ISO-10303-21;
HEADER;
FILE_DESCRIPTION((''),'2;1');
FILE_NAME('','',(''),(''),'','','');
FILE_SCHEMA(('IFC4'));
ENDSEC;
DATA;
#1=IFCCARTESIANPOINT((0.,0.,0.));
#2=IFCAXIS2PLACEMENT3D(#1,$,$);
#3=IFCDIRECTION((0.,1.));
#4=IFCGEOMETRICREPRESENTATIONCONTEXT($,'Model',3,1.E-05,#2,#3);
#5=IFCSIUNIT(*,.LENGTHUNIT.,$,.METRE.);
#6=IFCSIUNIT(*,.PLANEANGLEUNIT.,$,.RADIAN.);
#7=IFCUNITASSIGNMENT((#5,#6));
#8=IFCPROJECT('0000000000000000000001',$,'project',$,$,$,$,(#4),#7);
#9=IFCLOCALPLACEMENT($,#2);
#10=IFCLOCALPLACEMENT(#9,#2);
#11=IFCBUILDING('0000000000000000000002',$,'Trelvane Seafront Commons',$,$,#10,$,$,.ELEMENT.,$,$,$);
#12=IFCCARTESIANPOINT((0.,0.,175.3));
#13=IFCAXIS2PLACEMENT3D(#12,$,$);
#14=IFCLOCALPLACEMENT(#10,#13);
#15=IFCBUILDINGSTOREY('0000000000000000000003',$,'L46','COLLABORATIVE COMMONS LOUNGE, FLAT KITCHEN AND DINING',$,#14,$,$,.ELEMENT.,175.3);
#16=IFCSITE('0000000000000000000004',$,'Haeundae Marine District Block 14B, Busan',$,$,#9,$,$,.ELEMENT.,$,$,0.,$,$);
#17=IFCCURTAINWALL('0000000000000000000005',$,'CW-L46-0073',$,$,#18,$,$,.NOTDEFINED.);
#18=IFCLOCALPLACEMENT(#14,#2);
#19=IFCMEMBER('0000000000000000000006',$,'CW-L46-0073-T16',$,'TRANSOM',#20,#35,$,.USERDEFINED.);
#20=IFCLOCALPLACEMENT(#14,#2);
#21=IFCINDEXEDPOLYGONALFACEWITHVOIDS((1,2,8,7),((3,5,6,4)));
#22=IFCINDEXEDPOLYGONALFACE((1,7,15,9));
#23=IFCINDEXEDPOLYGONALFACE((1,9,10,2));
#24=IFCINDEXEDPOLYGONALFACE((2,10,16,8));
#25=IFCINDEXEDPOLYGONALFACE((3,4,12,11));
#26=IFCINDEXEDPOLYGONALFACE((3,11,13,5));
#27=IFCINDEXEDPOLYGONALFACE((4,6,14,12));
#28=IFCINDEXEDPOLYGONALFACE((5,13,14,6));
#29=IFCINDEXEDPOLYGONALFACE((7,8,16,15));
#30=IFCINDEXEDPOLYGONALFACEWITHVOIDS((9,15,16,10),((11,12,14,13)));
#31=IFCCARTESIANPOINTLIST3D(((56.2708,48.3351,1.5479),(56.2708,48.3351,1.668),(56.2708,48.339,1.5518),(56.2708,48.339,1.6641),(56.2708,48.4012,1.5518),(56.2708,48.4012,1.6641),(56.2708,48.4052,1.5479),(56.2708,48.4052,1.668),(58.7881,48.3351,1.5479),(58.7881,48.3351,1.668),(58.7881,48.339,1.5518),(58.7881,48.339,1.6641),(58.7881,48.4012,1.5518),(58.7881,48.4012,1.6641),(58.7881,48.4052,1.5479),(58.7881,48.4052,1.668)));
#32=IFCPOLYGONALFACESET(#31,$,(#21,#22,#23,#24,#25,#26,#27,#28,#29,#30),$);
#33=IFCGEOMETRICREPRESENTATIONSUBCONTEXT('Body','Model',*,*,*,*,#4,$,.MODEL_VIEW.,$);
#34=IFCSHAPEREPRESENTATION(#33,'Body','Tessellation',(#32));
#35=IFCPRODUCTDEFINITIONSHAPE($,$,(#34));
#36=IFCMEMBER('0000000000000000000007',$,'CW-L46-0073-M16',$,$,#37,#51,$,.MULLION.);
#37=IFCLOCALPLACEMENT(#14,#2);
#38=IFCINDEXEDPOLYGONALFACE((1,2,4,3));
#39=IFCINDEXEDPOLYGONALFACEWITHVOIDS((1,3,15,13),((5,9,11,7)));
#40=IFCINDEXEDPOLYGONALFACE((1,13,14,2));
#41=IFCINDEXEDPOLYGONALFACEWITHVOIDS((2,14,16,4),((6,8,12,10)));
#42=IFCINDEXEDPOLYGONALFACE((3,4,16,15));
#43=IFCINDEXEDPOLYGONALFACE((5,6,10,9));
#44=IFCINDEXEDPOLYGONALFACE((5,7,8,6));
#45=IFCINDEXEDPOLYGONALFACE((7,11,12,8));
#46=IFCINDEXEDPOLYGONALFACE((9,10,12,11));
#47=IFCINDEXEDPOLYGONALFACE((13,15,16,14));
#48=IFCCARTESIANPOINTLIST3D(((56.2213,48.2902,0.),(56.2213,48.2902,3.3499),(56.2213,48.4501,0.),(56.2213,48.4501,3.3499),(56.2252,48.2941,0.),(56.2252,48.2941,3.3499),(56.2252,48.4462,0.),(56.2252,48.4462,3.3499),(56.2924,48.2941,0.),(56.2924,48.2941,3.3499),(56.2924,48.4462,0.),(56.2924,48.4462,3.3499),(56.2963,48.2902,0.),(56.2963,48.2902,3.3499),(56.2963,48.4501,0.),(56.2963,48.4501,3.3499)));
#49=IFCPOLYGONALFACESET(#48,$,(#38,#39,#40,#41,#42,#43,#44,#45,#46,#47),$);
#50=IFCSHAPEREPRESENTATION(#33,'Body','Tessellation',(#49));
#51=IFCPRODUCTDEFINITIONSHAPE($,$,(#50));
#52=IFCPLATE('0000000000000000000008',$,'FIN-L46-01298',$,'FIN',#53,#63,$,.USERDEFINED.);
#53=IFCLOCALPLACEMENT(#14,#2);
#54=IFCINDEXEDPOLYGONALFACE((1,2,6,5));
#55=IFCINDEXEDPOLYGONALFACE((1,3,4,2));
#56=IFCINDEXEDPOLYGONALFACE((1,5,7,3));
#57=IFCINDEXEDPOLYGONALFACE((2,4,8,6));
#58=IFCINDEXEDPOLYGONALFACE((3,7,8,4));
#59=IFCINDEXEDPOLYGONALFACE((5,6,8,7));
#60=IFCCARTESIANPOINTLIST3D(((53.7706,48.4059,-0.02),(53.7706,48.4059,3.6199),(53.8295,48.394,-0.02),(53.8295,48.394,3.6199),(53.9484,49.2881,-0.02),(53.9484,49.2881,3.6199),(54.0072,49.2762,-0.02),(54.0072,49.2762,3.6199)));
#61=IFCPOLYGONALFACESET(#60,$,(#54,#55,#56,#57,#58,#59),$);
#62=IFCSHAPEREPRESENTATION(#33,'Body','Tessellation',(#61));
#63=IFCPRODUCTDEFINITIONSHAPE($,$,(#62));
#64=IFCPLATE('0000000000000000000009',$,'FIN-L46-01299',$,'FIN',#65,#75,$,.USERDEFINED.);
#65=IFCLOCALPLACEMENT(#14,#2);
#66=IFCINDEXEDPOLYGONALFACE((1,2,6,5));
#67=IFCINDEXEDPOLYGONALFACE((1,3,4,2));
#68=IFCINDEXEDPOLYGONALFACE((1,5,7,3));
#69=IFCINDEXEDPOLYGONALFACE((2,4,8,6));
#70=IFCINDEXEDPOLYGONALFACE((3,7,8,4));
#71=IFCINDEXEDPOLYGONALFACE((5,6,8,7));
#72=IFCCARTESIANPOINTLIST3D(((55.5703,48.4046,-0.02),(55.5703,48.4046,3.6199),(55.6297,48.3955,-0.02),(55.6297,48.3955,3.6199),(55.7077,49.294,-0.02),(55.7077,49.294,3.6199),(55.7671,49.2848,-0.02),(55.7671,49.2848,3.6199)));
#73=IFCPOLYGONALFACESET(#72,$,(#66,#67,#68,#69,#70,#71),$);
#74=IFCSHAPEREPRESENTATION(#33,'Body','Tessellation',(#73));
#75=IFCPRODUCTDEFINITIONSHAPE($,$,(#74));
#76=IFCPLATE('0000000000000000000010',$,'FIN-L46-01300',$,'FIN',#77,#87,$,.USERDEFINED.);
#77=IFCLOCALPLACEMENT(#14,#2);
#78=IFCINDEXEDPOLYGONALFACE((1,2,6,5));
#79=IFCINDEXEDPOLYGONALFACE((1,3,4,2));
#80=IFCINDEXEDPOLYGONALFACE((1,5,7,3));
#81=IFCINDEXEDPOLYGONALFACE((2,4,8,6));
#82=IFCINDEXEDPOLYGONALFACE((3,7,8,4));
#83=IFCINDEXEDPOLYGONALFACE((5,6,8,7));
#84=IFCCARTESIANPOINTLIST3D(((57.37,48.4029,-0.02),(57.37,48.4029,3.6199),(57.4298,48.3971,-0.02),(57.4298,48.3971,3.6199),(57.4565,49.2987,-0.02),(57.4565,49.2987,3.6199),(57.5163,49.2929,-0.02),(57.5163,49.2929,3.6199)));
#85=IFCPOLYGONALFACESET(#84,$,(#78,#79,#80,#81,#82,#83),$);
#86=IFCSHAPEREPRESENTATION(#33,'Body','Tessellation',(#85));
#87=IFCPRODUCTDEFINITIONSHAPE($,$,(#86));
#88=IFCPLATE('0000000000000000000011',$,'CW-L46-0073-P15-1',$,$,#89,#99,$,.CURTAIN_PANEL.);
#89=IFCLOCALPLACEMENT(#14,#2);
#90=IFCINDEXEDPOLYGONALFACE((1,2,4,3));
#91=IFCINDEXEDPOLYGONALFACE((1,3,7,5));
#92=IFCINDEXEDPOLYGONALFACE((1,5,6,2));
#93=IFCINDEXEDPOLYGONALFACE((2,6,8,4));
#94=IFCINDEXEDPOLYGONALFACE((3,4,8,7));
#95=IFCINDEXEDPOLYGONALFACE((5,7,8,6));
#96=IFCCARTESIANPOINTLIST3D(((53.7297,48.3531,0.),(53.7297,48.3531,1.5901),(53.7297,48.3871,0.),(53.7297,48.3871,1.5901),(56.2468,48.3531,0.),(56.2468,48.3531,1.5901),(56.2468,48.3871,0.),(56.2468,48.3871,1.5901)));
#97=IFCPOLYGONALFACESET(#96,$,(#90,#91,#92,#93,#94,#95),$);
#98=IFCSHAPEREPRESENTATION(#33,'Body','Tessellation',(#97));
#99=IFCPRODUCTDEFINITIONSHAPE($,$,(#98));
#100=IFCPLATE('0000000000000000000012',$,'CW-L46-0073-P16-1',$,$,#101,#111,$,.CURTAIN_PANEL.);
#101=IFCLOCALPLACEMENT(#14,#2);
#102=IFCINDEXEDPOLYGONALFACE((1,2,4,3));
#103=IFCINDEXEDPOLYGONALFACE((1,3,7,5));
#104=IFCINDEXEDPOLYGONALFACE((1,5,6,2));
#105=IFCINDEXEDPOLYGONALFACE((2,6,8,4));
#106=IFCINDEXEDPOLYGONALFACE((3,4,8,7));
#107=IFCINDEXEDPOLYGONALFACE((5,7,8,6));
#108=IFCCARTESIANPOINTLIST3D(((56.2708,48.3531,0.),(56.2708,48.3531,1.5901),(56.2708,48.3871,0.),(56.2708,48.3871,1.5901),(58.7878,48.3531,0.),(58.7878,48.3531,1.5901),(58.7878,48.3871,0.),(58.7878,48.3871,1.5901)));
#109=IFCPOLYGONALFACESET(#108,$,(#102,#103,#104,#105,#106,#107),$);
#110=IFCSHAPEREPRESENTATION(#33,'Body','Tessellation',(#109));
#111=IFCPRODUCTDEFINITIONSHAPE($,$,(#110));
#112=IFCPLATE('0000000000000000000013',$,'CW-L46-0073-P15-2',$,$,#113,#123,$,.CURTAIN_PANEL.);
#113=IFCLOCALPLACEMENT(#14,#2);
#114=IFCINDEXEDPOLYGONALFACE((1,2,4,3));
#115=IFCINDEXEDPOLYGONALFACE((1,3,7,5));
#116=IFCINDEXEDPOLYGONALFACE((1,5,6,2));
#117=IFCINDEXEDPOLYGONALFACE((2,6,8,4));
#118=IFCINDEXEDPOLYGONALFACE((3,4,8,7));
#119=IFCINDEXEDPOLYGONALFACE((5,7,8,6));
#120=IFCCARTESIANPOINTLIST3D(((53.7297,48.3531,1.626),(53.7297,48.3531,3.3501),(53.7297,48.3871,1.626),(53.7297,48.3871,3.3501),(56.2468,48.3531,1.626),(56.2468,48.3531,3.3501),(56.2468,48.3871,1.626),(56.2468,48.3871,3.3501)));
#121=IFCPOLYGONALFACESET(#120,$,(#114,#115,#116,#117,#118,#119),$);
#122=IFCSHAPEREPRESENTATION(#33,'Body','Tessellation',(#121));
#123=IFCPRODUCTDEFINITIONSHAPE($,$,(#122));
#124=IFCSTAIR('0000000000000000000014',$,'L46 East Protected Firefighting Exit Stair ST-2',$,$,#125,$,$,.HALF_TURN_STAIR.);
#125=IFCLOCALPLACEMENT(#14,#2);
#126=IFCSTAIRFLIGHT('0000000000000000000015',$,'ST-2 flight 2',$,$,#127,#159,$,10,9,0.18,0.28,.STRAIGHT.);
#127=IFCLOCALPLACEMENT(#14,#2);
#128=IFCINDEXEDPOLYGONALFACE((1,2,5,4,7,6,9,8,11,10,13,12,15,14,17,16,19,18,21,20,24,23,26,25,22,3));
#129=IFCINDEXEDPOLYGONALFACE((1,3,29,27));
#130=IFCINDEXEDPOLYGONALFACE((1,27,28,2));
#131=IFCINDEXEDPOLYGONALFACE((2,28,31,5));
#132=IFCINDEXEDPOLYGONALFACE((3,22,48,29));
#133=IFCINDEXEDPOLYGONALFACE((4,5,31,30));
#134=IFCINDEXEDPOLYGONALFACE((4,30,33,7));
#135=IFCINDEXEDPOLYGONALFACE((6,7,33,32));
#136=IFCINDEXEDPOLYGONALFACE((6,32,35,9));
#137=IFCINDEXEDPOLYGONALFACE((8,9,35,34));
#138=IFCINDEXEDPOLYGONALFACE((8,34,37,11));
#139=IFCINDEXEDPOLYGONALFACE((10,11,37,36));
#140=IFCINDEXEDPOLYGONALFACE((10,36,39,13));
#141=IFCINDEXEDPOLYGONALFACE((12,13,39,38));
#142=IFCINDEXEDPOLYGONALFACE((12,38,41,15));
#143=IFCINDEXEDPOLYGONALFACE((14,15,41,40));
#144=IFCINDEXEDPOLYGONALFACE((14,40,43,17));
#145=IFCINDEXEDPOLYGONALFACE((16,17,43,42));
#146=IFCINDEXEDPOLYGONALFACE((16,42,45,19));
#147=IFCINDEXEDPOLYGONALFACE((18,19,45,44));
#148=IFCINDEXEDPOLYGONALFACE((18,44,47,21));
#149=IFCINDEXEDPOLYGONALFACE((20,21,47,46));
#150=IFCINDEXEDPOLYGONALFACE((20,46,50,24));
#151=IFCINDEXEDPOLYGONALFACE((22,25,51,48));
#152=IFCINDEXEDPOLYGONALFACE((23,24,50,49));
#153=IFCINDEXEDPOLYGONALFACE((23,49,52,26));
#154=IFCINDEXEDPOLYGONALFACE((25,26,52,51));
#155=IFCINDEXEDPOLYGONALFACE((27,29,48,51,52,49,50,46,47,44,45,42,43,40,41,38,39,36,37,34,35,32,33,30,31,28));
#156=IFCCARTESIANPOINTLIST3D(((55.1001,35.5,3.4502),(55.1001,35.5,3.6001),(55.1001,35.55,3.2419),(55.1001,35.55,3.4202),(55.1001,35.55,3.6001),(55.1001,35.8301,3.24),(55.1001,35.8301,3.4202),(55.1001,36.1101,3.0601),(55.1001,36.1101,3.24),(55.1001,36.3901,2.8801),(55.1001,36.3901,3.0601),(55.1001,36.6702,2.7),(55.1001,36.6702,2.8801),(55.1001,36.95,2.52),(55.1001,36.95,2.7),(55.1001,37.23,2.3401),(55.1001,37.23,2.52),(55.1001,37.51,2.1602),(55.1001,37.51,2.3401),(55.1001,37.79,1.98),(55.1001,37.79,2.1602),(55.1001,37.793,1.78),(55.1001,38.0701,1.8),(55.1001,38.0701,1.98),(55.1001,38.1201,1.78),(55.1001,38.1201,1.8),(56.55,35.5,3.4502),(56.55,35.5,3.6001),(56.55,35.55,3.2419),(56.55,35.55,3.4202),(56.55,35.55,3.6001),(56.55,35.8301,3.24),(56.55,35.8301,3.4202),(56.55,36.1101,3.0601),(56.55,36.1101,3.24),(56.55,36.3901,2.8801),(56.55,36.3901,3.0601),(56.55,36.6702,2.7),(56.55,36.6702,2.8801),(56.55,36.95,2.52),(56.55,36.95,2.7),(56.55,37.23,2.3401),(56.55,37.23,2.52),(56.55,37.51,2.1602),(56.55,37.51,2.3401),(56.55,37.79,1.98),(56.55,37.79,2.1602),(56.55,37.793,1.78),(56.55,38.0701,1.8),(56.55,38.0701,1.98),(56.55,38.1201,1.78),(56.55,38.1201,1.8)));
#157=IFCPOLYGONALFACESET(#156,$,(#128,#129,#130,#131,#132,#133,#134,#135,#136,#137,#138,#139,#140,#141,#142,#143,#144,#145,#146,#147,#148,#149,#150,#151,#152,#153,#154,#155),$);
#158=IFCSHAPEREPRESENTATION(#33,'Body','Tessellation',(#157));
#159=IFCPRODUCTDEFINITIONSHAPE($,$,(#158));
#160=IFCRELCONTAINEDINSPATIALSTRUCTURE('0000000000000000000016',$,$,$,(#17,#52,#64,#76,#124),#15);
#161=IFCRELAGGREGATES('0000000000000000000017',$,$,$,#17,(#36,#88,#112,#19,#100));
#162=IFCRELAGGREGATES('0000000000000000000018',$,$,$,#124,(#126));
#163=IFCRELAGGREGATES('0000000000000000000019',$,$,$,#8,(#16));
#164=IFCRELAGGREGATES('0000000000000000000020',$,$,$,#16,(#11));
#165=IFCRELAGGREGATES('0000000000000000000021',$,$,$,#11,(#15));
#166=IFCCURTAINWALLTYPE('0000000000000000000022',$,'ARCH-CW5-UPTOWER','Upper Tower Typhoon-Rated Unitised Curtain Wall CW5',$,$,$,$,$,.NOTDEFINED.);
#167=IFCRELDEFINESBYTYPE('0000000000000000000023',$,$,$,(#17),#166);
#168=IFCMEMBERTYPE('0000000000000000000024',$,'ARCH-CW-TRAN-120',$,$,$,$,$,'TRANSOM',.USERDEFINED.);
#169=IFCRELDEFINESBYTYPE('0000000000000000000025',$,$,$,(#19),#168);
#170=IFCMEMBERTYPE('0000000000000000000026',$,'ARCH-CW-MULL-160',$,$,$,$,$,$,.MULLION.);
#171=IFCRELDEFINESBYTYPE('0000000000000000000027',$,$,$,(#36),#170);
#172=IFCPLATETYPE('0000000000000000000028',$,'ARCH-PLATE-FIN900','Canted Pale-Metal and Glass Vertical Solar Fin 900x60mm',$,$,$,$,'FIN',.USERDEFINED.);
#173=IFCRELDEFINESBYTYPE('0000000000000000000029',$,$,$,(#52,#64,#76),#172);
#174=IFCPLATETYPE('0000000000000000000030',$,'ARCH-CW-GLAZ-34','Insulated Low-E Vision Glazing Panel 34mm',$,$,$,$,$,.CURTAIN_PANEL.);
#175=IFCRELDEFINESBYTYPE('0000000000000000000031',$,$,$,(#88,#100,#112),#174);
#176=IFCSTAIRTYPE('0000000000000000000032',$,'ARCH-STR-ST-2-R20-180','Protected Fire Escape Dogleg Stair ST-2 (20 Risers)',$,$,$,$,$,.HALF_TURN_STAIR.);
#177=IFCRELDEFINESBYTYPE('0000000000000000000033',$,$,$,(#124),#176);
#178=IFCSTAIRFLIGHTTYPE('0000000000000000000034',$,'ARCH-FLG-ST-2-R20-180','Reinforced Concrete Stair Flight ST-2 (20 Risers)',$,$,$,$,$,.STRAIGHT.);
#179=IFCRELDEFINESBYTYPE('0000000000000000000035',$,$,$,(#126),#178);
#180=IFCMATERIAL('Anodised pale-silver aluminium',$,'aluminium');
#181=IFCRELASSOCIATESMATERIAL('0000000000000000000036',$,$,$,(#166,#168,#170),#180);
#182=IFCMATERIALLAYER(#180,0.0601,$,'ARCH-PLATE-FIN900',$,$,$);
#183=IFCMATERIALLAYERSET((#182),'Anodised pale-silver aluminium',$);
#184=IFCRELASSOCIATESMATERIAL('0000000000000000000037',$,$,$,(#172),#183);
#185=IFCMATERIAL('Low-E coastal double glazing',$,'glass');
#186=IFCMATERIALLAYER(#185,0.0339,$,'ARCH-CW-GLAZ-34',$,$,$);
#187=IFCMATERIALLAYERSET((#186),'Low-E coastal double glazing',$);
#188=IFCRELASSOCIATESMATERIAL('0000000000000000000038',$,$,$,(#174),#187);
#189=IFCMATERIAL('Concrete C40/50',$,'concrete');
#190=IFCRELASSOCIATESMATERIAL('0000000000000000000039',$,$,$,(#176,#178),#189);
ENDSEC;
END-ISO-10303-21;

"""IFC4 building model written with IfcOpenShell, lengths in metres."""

from ifc_helpers import new_model, si_unit, direction, frame, origin, origin_2d, place, context, subcontext, project, spatial, polyline, rectangle, hollow_rectangle, outline, extrude, source, transform, mapped, material, layer, layer_set, material_profile, profile_set, type_object, element, aggregate, save


model = new_model("IFC4")

# Units and contexts
model_context = context("Model", 3, precision=1e-05, world=origin(), true_north=direction((0.0, 1.0)))
body_context = subcontext(model_context, "Body", "Model", "MODEL_VIEW")
ifc_project = project(units=[si_unit("LENGTHUNIT", "METRE"), si_unit("PLANEANGLEUNIT", "RADIAN")], contexts=[model_context])

# Site, building, storey
site_placement = place(None, origin())
site = spatial("IfcSite", under=ifc_project, at=site_placement, Name="Haeundae Marine District Block 14B, Busan", CompositionType="ELEMENT", RefElevation=0.0)
building_placement = place(site_placement, origin())
building = spatial("IfcBuilding", under=site, at=building_placement, Name="Trelvane Seafront Commons", CompositionType="ELEMENT")
storey_placement = place(building_placement, frame((0.0, 0.0, 175.3)))
storey = spatial("IfcBuildingStorey", under=building, at=storey_placement, Name="L46", Description="COLLABORATIVE COMMONS LOUNGE, FLAT KITCHEN AND DINING", CompositionType="ELEMENT", Elevation=175.3)

# Curtain wall, members
ifc_material_1 = material(Name="Anodised pale-silver aluminium", Category="aluminium")
curtain_wall_type = type_object("IfcCurtainWallType", Name="ARCH-CW5-UPTOWER", Description="Upper Tower Typhoon-Rated Unitised Curtain Wall CW5", PredefinedType="NOTDEFINED", material=ifc_material_1)
curtain_wall_placement = place(storey_placement, origin())
curtain_wall = element("IfcCurtainWall", 1, at=curtain_wall_placement, inside=storey, type_object=curtain_wall_type, Name="CW-L46-0073", PredefinedType="NOTDEFINED")
ifc_material_profile_1 = material_profile(ifc_material_1, hollow_rectangle(XDim=0.0701, YDim=0.1201, WallThickness=0.0039, at=origin_2d()), Name="TRAN-70x120x4")
ifc_profile_set_1 = profile_set([ifc_material_profile_1], Name="Anodised pale-silver aluminium")
member_type_1 = type_object("IfcMemberType", Name="ARCH-CW-TRAN-120", ElementType="TRANSOM", PredefinedType="USERDEFINED", material=ifc_profile_set_1)
shared_shape_1 = source(origin(), body_context, "Body", "SweptSolid", [
    extrude(hollow_rectangle(XDim=0.0701, YDim=0.1201, WallThickness=0.0039, at=origin_2d()), origin(), (0.0, 0.0, 1.0), 2.5173),
])
member_1_placement = place(storey_placement, frame((56.2708, 48.3701, 1.6079), z_axis=(1.0, 0.0, 0.0), x_axis=(0.0, 1.0, 0.0)))
member_1 = element("IfcMember", 2, at=member_1_placement, type_object=member_type_1, Name="CW-L46-0073-T16", ObjectType="TRANSOM", PredefinedType="USERDEFINED", context=body_context, shape_type="MappedRepresentation", body=[
    mapped(shared_shape_1, transform((0.0, 0.0, 0.0), x_axis=(1.0, 0.0, 0.0), y_axis=(0.0, 1.0, 0.0), z_axis=(0.0, 0.0, 1.0), scale=1.0)),
])
ifc_material_profile_2 = material_profile(ifc_material_1, hollow_rectangle(XDim=0.075, YDim=0.1599, WallThickness=0.0039, at=origin_2d()), Name="MULL-75x160x4")
ifc_profile_set_2 = profile_set([ifc_material_profile_2], Name="Anodised pale-silver aluminium")
member_type_2 = type_object("IfcMemberType", Name="ARCH-CW-MULL-160", PredefinedType="MULLION", material=ifc_profile_set_2)
shared_shape_2 = source(origin(), body_context, "Body", "SweptSolid", [
    extrude(hollow_rectangle(XDim=0.075, YDim=0.1599, WallThickness=0.0039, at=origin_2d()), origin(), (0.0, 0.0, 1.0), 3.3499),
])
member_2_placement = place(storey_placement, frame((56.2588, 48.3701, 0.0), z_axis=(0.0, 0.0, 1.0), x_axis=(1.0, 0.0, 0.0)))
member_2 = element("IfcMember", 3, at=member_2_placement, type_object=member_type_2, Name="CW-L46-0073-M16", PredefinedType="MULLION", context=body_context, shape_type="MappedRepresentation", body=[
    mapped(shared_shape_2, transform((0.0, 0.0, 0.0), x_axis=(1.0, 0.0, 0.0), y_axis=(0.0, 1.0, 0.0), z_axis=(0.0, 0.0, 1.0), scale=1.0)),
])

# Plates
ifc_layer_1 = layer(ifc_material_1, 0.0601, Name="ARCH-PLATE-FIN900")
ifc_layer_set_1 = layer_set([ifc_layer_1], Name="Anodised pale-silver aluminium")
plate_type_1 = type_object("IfcPlateType", Name="ARCH-PLATE-FIN900", Description="Canted Pale-Metal and Glass Vertical Solar Fin 900x60mm", ElementType="FIN", PredefinedType="USERDEFINED", material=ifc_layer_set_1)
shared_shape_3 = source(origin(), body_context, "Body", "SweptSolid", [
    extrude(rectangle(XDim=0.8999, YDim=0.0601, at=origin_2d()), origin(), (0.0, 0.0, 1.0), 3.6399),
])
for number, where, z_axis, x_axis, name in (
    (4, (53.8889, 48.8411, -0.02), (0.0, 0.0, 1.0), (0.197548, 0.980293, 0.0), "FIN-L46-01298"),
    (5, (55.6687, 48.8447, -0.02), (0.0, 0.0, 1.0), (0.152658, 0.988279, 0.0), "FIN-L46-01299"),
    (6, (57.4431, 48.8479, -0.02), (0.0, 0.0, 1.0), (0.096115, 0.99537, 0.0), "FIN-L46-01300"),
):
    element("IfcPlate", number, at=place(storey_placement, frame(where, z_axis=z_axis, x_axis=x_axis)), inside=storey, type_object=plate_type_1, Name=name, ObjectType="FIN", PredefinedType="USERDEFINED", context=body_context, shape_type="MappedRepresentation", body=[
        mapped(shared_shape_3, transform((0.0, 0.0, 0.0), x_axis=(1.0, 0.0, 0.0), y_axis=(0.0, 1.0, 0.0), z_axis=(0.0, 0.0, 1.0), scale=1.0)),
    ])

# Plates
ifc_material_2 = material(Name="Low-E coastal double glazing", Category="glass")
ifc_layer_2 = layer(ifc_material_2, 0.0339, Name="ARCH-CW-GLAZ-34")
ifc_layer_set_2 = layer_set([ifc_layer_2], Name="Low-E coastal double glazing")
plate_type_2 = type_object("IfcPlateType", Name="ARCH-CW-GLAZ-34", Description="Insulated Low-E Vision Glazing Panel 34mm", PredefinedType="CURTAIN_PANEL", material=ifc_layer_set_2)
shared_shape_4 = source(origin(), body_context, "Body", "SweptSolid", [
    extrude(rectangle(XDim=2.5171, YDim=0.0339, at=origin_2d()), origin(), (0.0, 0.0, 1.0), 1.5901),
])
plate_1_placement = place(storey_placement, frame((54.9883, 48.3701, 0.0), z_axis=(0.0, 0.0, 1.0), x_axis=(1.0, 0.0, 0.0)))
plate_1 = element("IfcPlate", 7, at=plate_1_placement, type_object=plate_type_2, Name="CW-L46-0073-P15-1", PredefinedType="CURTAIN_PANEL", context=body_context, shape_type="MappedRepresentation", body=[
    mapped(shared_shape_4, transform((0.0, 0.0, 0.0), x_axis=(1.0, 0.0, 0.0), y_axis=(0.0, 1.0, 0.0), z_axis=(0.0, 0.0, 1.0), scale=1.0)),
])
plate_2_placement = place(storey_placement, frame((57.5293, 48.3701, 0.0), z_axis=(0.0, 0.0, 1.0), x_axis=(1.0, 0.0, 0.0)))
plate_2 = element("IfcPlate", 8, at=plate_2_placement, type_object=plate_type_2, Name="CW-L46-0073-P16-1", PredefinedType="CURTAIN_PANEL", context=body_context, shape_type="MappedRepresentation", body=[
    mapped(shared_shape_4, transform((0.0, 0.0, 0.0), x_axis=(1.0, 0.0, 0.0), y_axis=(0.0, 1.0, 0.0), z_axis=(0.0, 0.0, 1.0), scale=1.0)),
])
shared_shape_5 = source(origin(), body_context, "Body", "SweptSolid", [
    extrude(rectangle(XDim=2.5171, YDim=0.0339, at=origin_2d()), origin(), (0.0, 0.0, 1.0), 1.7241),
])
plate_3_placement = place(storey_placement, frame((54.9883, 48.3701, 1.626), z_axis=(0.0, 0.0, 1.0), x_axis=(1.0, 0.0, 0.0)))
plate_3 = element("IfcPlate", 9, at=plate_3_placement, type_object=plate_type_2, Name="CW-L46-0073-P15-2", PredefinedType="CURTAIN_PANEL", context=body_context, shape_type="MappedRepresentation", body=[
    mapped(shared_shape_5, transform((0.0, 0.0, 0.0), x_axis=(1.0, 0.0, 0.0), y_axis=(0.0, 1.0, 0.0), z_axis=(0.0, 0.0, 1.0), scale=1.0)),
])
aggregate(curtain_wall, [member_2, plate_1, plate_3, member_1, plate_2])

# Stair, stair flight
ifc_material_3 = material(Name="Concrete C40/50", Category="concrete")
stair_type = type_object("IfcStairType", Name="ARCH-STR-ST-2-R20-180", Description="Protected Fire Escape Dogleg Stair ST-2 (20 Risers)", PredefinedType="HALF_TURN_STAIR", material=ifc_material_3)
stair_placement = place(storey_placement, origin())
stair = element("IfcStair", 10, at=stair_placement, inside=storey, type_object=stair_type, Name="L46 East Protected Firefighting Exit Stair ST-2", PredefinedType="HALF_TURN_STAIR")
stair_flight_type = type_object("IfcStairFlightType", Name="ARCH-FLG-ST-2-R20-180", Description="Reinforced Concrete Stair Flight ST-2 (20 Risers)", PredefinedType="STRAIGHT", material=ifc_material_3)
shared_shape_6 = source(origin(), body_context, "Body", "SweptSolid", [
    extrude(outline(polyline([(-0.05, -0.02), (-0.05, 0.0), (0.0, 0.0), (0.0, 0.1799), (0.28, 0.1799), (0.28, 0.3601), (0.5601, 0.3601), (0.5601, 0.54), (0.8401, 0.54), (0.8401, 0.72), (1.1201, 0.72), (1.1201, 0.8999), (1.3999, 0.8999), (1.3999, 1.0801), (1.6799, 1.0801), (1.6799, 1.26), (1.96, 1.26), (1.96, 1.4399), (2.24, 1.4399), (2.24, 1.6201), (2.52, 1.6201), (2.52, 1.8), (2.5701, 1.8), (2.5701, 1.6501), (2.52, 1.4419), (0.2771, -0.02), (-0.05, -0.02)])), frame((0.0, 0.7251, 0.0), z_axis=(0.0, -1.0, 0.0), x_axis=(1.0, 0.0, 0.0)), (0.0, 0.0, 1.0), 1.45),
])
stair_flight_placement = place(storey_placement, frame((55.825, 38.0701, 1.8), z_axis=(0.0, 0.0, 1.0), x_axis=(0.0, -1.0, 0.0)))
stair_flight = element("IfcStairFlight", 11, at=stair_flight_placement, type_object=stair_flight_type, Name="ST-2 flight 2", NumberOfRisers=10, NumberOfTreads=9, PredefinedType="STRAIGHT", RiserHeight=0.18, TreadLength=0.28, context=body_context, shape_type="MappedRepresentation", body=[
    mapped(shared_shape_6, transform((0.0, 0.0, 0.0), x_axis=(1.0, 0.0, 0.0), y_axis=(0.0, 1.0, 0.0), z_axis=(0.0, 0.0, 1.0), scale=1.0)),
])
aggregate(stair, [stair_flight])

save(model, "model.ifc")
